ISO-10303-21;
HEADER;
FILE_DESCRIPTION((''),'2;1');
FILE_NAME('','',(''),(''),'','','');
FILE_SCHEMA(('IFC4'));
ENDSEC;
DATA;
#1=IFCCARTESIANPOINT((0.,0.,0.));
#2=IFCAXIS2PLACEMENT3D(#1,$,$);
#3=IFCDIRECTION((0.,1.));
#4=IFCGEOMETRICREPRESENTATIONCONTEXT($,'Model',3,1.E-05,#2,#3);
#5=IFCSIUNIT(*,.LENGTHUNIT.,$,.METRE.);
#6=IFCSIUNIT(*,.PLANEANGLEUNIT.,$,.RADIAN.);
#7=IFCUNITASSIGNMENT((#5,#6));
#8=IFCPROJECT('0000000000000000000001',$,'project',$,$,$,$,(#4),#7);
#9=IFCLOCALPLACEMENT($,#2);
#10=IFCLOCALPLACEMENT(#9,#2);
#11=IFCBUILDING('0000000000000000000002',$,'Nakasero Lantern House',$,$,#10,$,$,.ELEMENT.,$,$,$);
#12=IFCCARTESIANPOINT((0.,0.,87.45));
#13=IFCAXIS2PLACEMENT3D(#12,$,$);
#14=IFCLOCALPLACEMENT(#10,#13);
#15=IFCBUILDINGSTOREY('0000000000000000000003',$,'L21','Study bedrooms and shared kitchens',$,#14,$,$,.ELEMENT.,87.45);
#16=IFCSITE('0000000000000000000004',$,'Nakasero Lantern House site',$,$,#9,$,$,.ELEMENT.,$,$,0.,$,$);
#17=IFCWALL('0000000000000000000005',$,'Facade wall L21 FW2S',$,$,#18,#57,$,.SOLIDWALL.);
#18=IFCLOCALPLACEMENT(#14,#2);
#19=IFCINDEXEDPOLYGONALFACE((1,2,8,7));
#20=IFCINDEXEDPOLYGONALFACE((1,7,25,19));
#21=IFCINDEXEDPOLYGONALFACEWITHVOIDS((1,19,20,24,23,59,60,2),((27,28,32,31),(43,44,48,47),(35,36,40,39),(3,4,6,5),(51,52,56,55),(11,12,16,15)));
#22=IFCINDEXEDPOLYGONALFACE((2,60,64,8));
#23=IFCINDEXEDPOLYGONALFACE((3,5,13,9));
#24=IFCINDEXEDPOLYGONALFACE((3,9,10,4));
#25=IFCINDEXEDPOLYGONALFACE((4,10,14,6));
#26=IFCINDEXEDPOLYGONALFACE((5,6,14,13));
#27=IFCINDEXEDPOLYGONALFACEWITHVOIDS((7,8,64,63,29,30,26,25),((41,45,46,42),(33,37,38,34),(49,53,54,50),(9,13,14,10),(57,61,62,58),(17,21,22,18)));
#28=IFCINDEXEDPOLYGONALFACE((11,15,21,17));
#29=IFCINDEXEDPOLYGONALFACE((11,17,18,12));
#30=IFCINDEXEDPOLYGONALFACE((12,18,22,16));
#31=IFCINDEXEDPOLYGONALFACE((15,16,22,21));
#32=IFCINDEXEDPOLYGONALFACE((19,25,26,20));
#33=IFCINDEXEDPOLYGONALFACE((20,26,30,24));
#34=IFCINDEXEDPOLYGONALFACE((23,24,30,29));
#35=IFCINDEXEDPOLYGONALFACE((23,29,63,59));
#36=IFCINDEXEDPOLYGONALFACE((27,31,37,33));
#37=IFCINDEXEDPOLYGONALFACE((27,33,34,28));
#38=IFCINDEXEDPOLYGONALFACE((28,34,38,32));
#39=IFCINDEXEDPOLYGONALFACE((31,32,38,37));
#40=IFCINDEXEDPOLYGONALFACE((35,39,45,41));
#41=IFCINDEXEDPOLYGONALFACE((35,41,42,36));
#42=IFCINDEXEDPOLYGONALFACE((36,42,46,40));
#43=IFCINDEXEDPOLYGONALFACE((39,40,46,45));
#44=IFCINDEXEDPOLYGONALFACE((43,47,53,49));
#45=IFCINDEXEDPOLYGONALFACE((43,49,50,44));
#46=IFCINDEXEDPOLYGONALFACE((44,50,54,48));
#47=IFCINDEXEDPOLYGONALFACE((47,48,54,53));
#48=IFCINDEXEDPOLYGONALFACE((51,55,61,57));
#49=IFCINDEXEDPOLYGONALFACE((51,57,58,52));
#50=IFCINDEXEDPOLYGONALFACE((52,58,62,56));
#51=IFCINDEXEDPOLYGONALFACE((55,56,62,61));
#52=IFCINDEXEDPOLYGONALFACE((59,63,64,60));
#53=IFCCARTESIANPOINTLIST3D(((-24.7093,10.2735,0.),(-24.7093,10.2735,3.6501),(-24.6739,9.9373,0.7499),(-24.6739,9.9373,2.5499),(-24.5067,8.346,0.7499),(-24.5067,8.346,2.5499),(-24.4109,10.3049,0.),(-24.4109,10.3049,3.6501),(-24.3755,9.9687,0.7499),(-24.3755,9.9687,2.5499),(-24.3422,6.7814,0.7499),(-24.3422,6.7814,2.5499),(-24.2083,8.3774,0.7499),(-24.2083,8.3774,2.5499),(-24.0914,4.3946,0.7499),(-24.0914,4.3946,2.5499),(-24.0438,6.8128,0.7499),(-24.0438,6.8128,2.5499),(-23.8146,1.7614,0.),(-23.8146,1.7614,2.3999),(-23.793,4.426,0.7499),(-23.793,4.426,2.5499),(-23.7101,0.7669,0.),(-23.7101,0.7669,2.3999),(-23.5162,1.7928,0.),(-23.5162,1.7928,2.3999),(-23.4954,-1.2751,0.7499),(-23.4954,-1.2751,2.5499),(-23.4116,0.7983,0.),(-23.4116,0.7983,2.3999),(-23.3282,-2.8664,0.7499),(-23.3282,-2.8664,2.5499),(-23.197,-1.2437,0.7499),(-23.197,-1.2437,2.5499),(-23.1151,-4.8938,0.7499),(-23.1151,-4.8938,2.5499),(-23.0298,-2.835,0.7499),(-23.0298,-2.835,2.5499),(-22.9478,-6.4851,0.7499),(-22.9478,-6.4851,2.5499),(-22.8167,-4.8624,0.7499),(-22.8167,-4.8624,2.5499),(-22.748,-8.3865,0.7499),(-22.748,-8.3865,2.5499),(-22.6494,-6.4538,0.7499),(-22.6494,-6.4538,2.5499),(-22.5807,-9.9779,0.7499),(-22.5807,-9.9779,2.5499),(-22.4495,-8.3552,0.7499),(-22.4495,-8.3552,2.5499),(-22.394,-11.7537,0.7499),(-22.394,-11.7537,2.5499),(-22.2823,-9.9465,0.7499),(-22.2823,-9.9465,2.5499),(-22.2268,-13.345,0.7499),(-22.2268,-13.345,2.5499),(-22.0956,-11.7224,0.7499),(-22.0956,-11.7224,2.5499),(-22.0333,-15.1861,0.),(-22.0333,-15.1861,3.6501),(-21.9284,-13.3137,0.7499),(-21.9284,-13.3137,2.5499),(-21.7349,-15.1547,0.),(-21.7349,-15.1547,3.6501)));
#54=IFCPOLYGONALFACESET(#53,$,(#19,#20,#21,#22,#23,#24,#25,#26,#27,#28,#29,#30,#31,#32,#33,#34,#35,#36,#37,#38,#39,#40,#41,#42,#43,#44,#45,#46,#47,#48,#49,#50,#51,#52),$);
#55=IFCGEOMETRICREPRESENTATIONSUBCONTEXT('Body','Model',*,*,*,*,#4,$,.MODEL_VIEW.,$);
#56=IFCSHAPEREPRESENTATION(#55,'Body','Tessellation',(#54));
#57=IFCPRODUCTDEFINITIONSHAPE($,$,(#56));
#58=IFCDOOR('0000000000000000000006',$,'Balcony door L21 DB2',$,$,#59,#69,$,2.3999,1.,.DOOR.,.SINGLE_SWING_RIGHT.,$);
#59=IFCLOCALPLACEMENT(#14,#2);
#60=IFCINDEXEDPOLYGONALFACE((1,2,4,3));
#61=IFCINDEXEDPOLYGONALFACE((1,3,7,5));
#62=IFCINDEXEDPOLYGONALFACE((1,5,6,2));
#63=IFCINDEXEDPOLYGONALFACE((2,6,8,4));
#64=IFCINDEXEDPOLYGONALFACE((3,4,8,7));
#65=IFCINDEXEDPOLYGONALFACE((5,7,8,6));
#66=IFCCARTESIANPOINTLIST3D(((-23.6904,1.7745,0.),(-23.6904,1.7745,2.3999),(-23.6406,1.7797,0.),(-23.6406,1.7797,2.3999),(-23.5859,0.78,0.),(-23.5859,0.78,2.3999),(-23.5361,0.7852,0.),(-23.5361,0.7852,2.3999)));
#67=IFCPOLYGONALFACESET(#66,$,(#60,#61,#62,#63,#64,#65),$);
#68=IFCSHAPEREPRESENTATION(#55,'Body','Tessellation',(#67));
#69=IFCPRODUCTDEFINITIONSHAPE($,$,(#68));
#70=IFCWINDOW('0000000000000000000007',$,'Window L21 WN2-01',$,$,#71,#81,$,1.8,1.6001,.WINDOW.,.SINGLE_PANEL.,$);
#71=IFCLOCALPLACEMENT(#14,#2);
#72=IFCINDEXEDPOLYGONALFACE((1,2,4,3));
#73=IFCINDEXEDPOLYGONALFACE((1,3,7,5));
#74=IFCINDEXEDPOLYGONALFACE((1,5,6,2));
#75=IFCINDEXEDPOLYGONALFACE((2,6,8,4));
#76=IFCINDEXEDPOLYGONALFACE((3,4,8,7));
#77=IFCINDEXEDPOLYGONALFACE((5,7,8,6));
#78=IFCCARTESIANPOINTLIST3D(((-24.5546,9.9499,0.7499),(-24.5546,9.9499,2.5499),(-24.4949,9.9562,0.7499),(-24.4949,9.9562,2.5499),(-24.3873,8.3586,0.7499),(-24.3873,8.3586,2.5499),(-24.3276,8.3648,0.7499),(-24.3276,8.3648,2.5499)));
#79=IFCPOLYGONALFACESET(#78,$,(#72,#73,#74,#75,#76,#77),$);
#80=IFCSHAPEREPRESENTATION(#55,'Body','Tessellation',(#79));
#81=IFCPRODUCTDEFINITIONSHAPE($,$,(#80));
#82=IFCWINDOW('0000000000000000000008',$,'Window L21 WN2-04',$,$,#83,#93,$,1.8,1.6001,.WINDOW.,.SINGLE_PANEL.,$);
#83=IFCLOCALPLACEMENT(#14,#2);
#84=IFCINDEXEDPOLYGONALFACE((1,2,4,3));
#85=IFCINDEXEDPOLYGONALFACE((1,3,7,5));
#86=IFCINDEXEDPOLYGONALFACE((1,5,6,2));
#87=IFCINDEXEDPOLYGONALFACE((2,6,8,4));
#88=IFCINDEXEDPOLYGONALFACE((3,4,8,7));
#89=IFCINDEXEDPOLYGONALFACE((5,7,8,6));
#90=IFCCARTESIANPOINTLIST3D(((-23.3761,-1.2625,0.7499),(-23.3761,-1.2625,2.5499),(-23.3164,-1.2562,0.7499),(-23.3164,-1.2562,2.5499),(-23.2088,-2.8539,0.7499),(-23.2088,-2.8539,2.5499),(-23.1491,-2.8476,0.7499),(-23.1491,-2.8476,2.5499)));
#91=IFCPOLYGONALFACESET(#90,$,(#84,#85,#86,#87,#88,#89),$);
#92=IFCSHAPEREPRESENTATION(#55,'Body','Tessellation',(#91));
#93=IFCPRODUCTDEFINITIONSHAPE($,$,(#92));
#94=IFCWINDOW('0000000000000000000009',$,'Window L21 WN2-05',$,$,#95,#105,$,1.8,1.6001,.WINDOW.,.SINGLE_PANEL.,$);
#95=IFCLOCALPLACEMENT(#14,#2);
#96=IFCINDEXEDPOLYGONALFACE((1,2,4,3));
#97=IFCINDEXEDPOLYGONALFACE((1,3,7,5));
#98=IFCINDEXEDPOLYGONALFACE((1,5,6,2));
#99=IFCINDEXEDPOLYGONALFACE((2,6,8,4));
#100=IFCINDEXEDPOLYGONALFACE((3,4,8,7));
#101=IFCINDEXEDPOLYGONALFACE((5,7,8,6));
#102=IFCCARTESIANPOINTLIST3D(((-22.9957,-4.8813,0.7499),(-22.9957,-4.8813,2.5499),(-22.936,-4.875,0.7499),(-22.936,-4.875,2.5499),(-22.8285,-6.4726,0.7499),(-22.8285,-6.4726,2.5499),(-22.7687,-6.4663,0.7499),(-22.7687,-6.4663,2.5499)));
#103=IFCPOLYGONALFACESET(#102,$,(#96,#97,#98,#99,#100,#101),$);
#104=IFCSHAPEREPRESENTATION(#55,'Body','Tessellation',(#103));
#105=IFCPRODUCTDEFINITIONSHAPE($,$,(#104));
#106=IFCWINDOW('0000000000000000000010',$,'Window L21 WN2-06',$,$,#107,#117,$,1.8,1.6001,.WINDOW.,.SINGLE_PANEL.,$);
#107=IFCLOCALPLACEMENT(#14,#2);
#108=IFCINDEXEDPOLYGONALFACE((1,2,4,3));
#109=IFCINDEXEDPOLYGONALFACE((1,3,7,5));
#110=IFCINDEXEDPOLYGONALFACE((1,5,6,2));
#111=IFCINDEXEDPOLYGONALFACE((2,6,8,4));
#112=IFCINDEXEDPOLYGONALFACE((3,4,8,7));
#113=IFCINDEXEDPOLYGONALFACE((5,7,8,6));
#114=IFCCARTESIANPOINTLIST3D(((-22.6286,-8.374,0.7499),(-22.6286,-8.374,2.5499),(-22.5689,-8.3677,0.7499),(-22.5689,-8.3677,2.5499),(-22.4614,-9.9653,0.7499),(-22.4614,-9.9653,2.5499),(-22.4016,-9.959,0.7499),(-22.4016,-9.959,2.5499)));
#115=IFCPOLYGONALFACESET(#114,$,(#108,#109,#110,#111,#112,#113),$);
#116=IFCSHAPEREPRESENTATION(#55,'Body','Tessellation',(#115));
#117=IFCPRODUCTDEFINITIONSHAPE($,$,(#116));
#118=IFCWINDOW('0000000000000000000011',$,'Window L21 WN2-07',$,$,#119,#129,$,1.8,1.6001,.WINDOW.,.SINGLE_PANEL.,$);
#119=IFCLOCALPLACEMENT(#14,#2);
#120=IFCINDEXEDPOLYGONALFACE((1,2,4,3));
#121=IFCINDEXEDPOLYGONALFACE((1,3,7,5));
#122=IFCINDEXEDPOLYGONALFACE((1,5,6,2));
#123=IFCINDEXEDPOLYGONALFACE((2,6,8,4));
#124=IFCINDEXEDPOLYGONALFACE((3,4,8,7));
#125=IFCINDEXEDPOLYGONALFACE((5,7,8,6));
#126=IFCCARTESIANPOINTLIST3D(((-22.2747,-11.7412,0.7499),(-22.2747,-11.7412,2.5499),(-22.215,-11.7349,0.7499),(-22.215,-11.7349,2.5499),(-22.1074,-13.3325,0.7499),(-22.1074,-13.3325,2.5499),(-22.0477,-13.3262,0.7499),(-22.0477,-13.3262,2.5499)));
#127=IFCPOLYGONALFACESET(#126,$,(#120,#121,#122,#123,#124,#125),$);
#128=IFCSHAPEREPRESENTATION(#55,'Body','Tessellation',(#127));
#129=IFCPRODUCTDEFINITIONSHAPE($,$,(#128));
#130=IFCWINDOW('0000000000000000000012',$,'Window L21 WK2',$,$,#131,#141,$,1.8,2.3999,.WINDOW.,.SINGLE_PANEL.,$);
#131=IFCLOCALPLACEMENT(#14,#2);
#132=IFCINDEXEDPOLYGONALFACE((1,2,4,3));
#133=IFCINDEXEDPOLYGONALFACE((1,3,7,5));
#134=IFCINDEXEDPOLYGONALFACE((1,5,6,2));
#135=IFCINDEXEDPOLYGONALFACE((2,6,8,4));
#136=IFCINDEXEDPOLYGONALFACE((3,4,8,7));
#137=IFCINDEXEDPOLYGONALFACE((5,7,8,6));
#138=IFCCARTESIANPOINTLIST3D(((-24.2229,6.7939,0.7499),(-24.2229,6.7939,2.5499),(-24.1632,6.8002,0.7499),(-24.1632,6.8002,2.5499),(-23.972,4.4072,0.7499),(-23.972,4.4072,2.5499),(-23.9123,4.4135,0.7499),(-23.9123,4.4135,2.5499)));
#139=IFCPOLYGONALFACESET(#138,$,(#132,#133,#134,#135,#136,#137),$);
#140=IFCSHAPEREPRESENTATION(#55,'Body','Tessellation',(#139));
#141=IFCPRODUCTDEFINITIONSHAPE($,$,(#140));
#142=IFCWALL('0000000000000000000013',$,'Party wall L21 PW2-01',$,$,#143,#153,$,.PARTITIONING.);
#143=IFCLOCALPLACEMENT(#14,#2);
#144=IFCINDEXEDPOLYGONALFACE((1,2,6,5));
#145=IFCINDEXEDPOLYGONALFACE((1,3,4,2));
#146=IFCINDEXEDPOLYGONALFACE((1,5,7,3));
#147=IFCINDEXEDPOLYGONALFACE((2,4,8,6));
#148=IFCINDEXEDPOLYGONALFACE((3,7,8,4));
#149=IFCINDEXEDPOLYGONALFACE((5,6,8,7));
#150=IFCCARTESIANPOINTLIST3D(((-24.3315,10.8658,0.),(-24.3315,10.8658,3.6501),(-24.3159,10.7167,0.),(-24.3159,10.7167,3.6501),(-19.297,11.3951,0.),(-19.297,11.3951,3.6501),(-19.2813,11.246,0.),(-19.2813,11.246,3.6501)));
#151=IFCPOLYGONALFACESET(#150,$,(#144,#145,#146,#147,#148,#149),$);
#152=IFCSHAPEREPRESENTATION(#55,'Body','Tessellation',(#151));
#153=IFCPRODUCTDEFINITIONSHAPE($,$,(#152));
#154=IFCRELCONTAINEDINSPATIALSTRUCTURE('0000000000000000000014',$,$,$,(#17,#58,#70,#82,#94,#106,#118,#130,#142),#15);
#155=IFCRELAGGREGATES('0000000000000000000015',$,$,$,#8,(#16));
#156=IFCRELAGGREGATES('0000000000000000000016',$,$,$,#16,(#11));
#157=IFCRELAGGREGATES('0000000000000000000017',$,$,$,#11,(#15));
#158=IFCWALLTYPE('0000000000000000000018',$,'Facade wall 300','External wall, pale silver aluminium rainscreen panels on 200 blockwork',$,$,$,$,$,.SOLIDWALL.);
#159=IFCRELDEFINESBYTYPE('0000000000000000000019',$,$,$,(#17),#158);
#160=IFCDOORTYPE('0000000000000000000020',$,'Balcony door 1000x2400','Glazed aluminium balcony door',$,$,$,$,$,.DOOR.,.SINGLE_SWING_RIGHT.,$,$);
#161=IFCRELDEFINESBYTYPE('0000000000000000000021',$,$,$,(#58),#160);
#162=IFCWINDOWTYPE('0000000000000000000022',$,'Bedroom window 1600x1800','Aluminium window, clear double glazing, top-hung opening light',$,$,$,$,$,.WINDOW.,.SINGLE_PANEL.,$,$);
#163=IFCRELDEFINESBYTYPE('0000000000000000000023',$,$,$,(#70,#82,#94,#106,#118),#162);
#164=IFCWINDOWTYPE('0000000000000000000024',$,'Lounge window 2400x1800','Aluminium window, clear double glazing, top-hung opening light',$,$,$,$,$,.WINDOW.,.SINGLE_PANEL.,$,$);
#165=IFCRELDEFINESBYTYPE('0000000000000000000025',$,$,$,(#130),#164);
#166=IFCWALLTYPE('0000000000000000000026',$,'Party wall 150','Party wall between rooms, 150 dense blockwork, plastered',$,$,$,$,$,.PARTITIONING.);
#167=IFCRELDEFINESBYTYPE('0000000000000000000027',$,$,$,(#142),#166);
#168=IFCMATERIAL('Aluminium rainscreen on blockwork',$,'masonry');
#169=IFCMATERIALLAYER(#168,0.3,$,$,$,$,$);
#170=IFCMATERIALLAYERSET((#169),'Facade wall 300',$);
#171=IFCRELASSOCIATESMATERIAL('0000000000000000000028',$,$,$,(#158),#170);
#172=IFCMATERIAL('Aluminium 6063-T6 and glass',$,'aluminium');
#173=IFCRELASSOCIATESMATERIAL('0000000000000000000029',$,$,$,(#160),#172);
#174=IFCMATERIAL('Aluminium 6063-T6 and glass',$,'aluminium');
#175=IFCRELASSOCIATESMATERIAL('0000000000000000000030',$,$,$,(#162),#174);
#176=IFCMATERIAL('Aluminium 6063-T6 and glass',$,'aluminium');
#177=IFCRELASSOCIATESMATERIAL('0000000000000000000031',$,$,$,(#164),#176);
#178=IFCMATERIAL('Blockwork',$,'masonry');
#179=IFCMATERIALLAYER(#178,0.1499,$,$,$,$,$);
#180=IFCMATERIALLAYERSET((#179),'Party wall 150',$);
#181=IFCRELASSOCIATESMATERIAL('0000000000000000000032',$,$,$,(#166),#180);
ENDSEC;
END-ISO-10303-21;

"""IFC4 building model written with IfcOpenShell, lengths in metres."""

from ifc_helpers import new_model, si_unit, direction, frame, frame_2d, origin, place, context, subcontext, project, spatial, rectangle, extrude, material, layer, layer_set, type_object, element, fill, save


model = new_model("IFC4")

# Units and contexts
model_context = context("Model", 3, precision=1e-05, world=origin(), true_north=direction((0.0, 1.0)))
body_context = subcontext(model_context, "Body", "Model", "MODEL_VIEW")
ifc_project = project(units=[si_unit("LENGTHUNIT", "METRE"), si_unit("PLANEANGLEUNIT", "RADIAN")], contexts=[model_context])

# Site, building, storey
site_placement = place(None, origin())
site = spatial("IfcSite", under=ifc_project, at=site_placement, Name="Nakasero Lantern House site", CompositionType="ELEMENT", RefElevation=0.0)
building_placement = place(site_placement, origin())
building = spatial("IfcBuilding", under=site, at=building_placement, Name="Nakasero Lantern House", CompositionType="ELEMENT")
storey_placement = place(building_placement, frame((0.0, 0.0, 87.45)))
storey = spatial("IfcBuildingStorey", under=building, at=storey_placement, Name="L21", Description="Study bedrooms and shared kitchens", CompositionType="ELEMENT", Elevation=87.45)

# Wall, openings, door, windows
ifc_material_1 = material(Name="Aluminium rainscreen on blockwork", Category="masonry")
ifc_layer_1 = layer(ifc_material_1, 0.3)
ifc_layer_set_1 = layer_set([ifc_layer_1], Name="Facade wall 300")
wall_type_1 = type_object("IfcWallType", Name="Facade wall 300", Description="External wall, pale silver aluminium rainscreen panels on 200 blockwork", PredefinedType="SOLIDWALL", material=ifc_layer_set_1)
wall_1_placement = place(storey_placement, frame((-24.5601, 10.2891, 0.0), z_axis=(0.0, 0.0, 1.0), x_axis=(0.104532, -0.994521, 0.0)))
wall_1 = element("IfcWall", 1, at=wall_1_placement, inside=storey, type_object=wall_type_1, Name="Facade wall L21 FW2S", PredefinedType="SOLIDWALL", context=body_context, shape_type="SweptSolid", body=[
    extrude(rectangle(XDim=25.5999, YDim=0.3, at=frame_2d((12.7998, 0.0))), origin(), (0.0, 0.0, 1.0), 3.6501),
])
opening_1_placement = place(wall_1_placement, frame((0.3379, 0.0, 0.75)))
opening_1 = element("IfcOpeningElement", 2, at=opening_1_placement, cuts=wall_1, PredefinedType="OPENING", context=body_context, shape_type="SweptSolid", body=[
    extrude(rectangle(XDim=1.6001, YDim=1.8, at=frame_2d((0.8, 0.8999))), frame((0.0, 0.1699, 0.0), z_axis=(0.0, -1.0, 0.0), x_axis=(1.0, 0.0, 0.0)), (0.0, 0.0, 1.0), 0.3401),
])
opening_2_placement = place(wall_1_placement, frame((11.6121, 0.0, 0.75)))
opening_2 = element("IfcOpeningElement", 3, at=opening_2_placement, cuts=wall_1, PredefinedType="OPENING", context=body_context, shape_type="SweptSolid", body=[
    extrude(rectangle(XDim=1.6001, YDim=1.8, at=frame_2d((0.8, 0.8999))), frame((0.0, 0.1699, 0.0), z_axis=(0.0, -1.0, 0.0), x_axis=(1.0, 0.0, 0.0)), (0.0, 0.0, 1.0), 0.3401),
])
opening_3_placement = place(wall_1_placement, frame((15.2507, 0.0, 0.75)))
opening_3 = element("IfcOpeningElement", 4, at=opening_3_placement, cuts=wall_1, PredefinedType="OPENING", context=body_context, shape_type="SweptSolid", body=[
    extrude(rectangle(XDim=1.6001, YDim=1.8, at=frame_2d((0.8, 0.8999))), frame((0.0, 0.1699, 0.0), z_axis=(0.0, -1.0, 0.0), x_axis=(1.0, 0.0, 0.0)), (0.0, 0.0, 1.0), 0.3401),
])
opening_4_placement = place(wall_1_placement, frame((18.7627, 0.0, 0.75)))
opening_4 = element("IfcOpeningElement", 5, at=opening_4_placement, cuts=wall_1, PredefinedType="OPENING", context=body_context, shape_type="SweptSolid", body=[
    extrude(rectangle(XDim=1.6001, YDim=1.8, at=frame_2d((0.8, 0.8999))), frame((0.0, 0.1699, 0.0), z_axis=(0.0, -1.0, 0.0), x_axis=(1.0, 0.0, 0.0)), (0.0, 0.0, 1.0), 0.3401),
])
opening_5_placement = place(wall_1_placement, frame((22.1484, 0.0, 0.75)))
opening_5 = element("IfcOpeningElement", 6, at=opening_5_placement, cuts=wall_1, PredefinedType="OPENING", context=body_context, shape_type="SweptSolid", body=[
    extrude(rectangle(XDim=1.6001, YDim=1.8, at=frame_2d((0.8, 0.8999))), frame((0.0, 0.1699, 0.0), z_axis=(0.0, -1.0, 0.0), x_axis=(1.0, 0.0, 0.0)), (0.0, 0.0, 1.0), 0.3401),
])
opening_6_placement = place(wall_1_placement, frame((3.5112, 0.0, 0.75)))
opening_6 = element("IfcOpeningElement", 7, at=opening_6_placement, cuts=wall_1, PredefinedType="OPENING", context=body_context, shape_type="SweptSolid", body=[
    extrude(rectangle(XDim=2.3999, YDim=1.8, at=frame_2d((1.2, 0.8999))), frame((0.0, 0.1699, 0.0), z_axis=(0.0, -1.0, 0.0), x_axis=(1.0, 0.0, 0.0)), (0.0, 0.0, 1.0), 0.3401),
])
opening_7_placement = place(wall_1_placement, frame((8.5588, 0.0, 0.0)))
opening_7 = element("IfcOpeningElement", 8, at=opening_7_placement, cuts=wall_1, PredefinedType="OPENING", context=body_context, shape_type="SweptSolid", body=[
    extrude(rectangle(XDim=1.0, YDim=2.3999, at=frame_2d((0.5, 1.2))), frame((0.0, 0.1699, 0.0), z_axis=(0.0, -1.0, 0.0), x_axis=(1.0, 0.0, 0.0)), (0.0, 0.0, 1.0), 0.3401),
])
ifc_material_2 = material(Name="Aluminium 6063-T6 and glass", Category="aluminium")
door_type_1 = type_object("IfcDoorType", Name="Balcony door 1000x2400", Description="Glazed aluminium balcony door", OperationType="SINGLE_SWING_RIGHT", PredefinedType="DOOR", material=ifc_material_2)
door_1_placement = place(opening_7_placement, origin())
door_1 = element("IfcDoor", 9, at=door_1_placement, inside=storey, type_object=door_type_1, Name="Balcony door L21 DB2", OperationType="SINGLE_SWING_RIGHT", OverallHeight=2.3999, OverallWidth=1.0, PredefinedType="DOOR", context=body_context, shape_type="SweptSolid", body=[
    extrude(rectangle(XDim=1.0, YDim=2.3999, at=frame_2d((0.5, 1.2))), frame((0.0, 0.0249, 0.0), z_axis=(0.0, -1.0, 0.0), x_axis=(1.0, 0.0, 0.0)), (0.0, 0.0, 1.0), 0.05),
])
fill(opening_7, door_1)
ifc_material_3 = material(Name="Aluminium 6063-T6 and glass", Category="aluminium")
window_type_1 = type_object("IfcWindowType", Name="Bedroom window 1600x1800", Description="Aluminium window, clear double glazing, top-hung opening light", PartitioningType="SINGLE_PANEL", PredefinedType="WINDOW", material=ifc_material_3)
window_1_placement = place(opening_1_placement, origin())
window_1 = element("IfcWindow", 10, at=window_1_placement, inside=storey, type_object=window_type_1, Name="Window L21 WN2-01", OverallHeight=1.8, OverallWidth=1.6001, PartitioningType="SINGLE_PANEL", PredefinedType="WINDOW", context=body_context, shape_type="SweptSolid", body=[
    extrude(rectangle(XDim=1.6001, YDim=1.8, at=frame_2d((0.8, 0.8999))), frame((0.0, 0.03, 0.0), z_axis=(0.0, -1.0, 0.0), x_axis=(1.0, 0.0, 0.0)), (0.0, 0.0, 1.0), 0.0601),
])
fill(opening_1, window_1)
window_2_placement = place(opening_2_placement, origin())
window_2 = element("IfcWindow", 11, at=window_2_placement, inside=storey, type_object=window_type_1, Name="Window L21 WN2-04", OverallHeight=1.8, OverallWidth=1.6001, PartitioningType="SINGLE_PANEL", PredefinedType="WINDOW", context=body_context, shape_type="SweptSolid", body=[
    extrude(rectangle(XDim=1.6001, YDim=1.8, at=frame_2d((0.8, 0.8999))), frame((0.0, 0.03, 0.0), z_axis=(0.0, -1.0, 0.0), x_axis=(1.0, 0.0, 0.0)), (0.0, 0.0, 1.0), 0.0601),
])
fill(opening_2, window_2)
window_3_placement = place(opening_3_placement, origin())
window_3 = element("IfcWindow", 12, at=window_3_placement, inside=storey, type_object=window_type_1, Name="Window L21 WN2-05", OverallHeight=1.8, OverallWidth=1.6001, PartitioningType="SINGLE_PANEL", PredefinedType="WINDOW", context=body_context, shape_type="SweptSolid", body=[
    extrude(rectangle(XDim=1.6001, YDim=1.8, at=frame_2d((0.8, 0.8999))), frame((0.0, 0.03, 0.0), z_axis=(0.0, -1.0, 0.0), x_axis=(1.0, 0.0, 0.0)), (0.0, 0.0, 1.0), 0.0601),
])
fill(opening_3, window_3)
window_4_placement = place(opening_4_placement, origin())
window_4 = element("IfcWindow", 13, at=window_4_placement, inside=storey, type_object=window_type_1, Name="Window L21 WN2-06", OverallHeight=1.8, OverallWidth=1.6001, PartitioningType="SINGLE_PANEL", PredefinedType="WINDOW", context=body_context, shape_type="SweptSolid", body=[
    extrude(rectangle(XDim=1.6001, YDim=1.8, at=frame_2d((0.8, 0.8999))), frame((0.0, 0.03, 0.0), z_axis=(0.0, -1.0, 0.0), x_axis=(1.0, 0.0, 0.0)), (0.0, 0.0, 1.0), 0.0601),
])
fill(opening_4, window_4)
window_5_placement = place(opening_5_placement, origin())
window_5 = element("IfcWindow", 14, at=window_5_placement, inside=storey, type_object=window_type_1, Name="Window L21 WN2-07", OverallHeight=1.8, OverallWidth=1.6001, PartitioningType="SINGLE_PANEL", PredefinedType="WINDOW", context=body_context, shape_type="SweptSolid", body=[
    extrude(rectangle(XDim=1.6001, YDim=1.8, at=frame_2d((0.8, 0.8999))), frame((0.0, 0.03, 0.0), z_axis=(0.0, -1.0, 0.0), x_axis=(1.0, 0.0, 0.0)), (0.0, 0.0, 1.0), 0.0601),
])
fill(opening_5, window_5)
ifc_material_4 = material(Name="Aluminium 6063-T6 and glass", Category="aluminium")
window_type_2 = type_object("IfcWindowType", Name="Lounge window 2400x1800", Description="Aluminium window, clear double glazing, top-hung opening light", PartitioningType="SINGLE_PANEL", PredefinedType="WINDOW", material=ifc_material_4)
window_6_placement = place(opening_6_placement, origin())
window_6 = element("IfcWindow", 15, at=window_6_placement, inside=storey, type_object=window_type_2, Name="Window L21 WK2", OverallHeight=1.8, OverallWidth=2.3999, PartitioningType="SINGLE_PANEL", PredefinedType="WINDOW", context=body_context, shape_type="SweptSolid", body=[
    extrude(rectangle(XDim=2.3999, YDim=1.8, at=frame_2d((1.2, 0.8999))), frame((0.0, 0.03, 0.0), z_axis=(0.0, -1.0, 0.0), x_axis=(1.0, 0.0, 0.0)), (0.0, 0.0, 1.0), 0.0601),
])
fill(opening_6, window_6)

# Wall
ifc_material_5 = material(Name="Blockwork", Category="masonry")
ifc_layer_2 = layer(ifc_material_5, 0.1499)
ifc_layer_set_2 = layer_set([ifc_layer_2], Name="Party wall 150")
wall_type_2 = type_object("IfcWallType", Name="Party wall 150", Description="Party wall between rooms, 150 dense blockwork, plastered", PredefinedType="PARTITIONING", material=ifc_layer_set_2)
wall_2_placement = place(storey_placement, frame((-19.2891, 11.3206, 0.0), z_axis=(0.0, 0.0, 1.0), x_axis=(-0.994519, -0.104559, 0.0)))
element("IfcWall", 16, at=wall_2_placement, inside=storey, type_object=wall_type_2, Name="Party wall L21 PW2-01", PredefinedType="PARTITIONING", context=body_context, shape_type="SweptSolid", body=[
    extrude(rectangle(XDim=5.0623, YDim=0.1499, at=frame_2d((2.5312, 0.0))), origin(), (0.0, 0.0, 1.0), 3.6501),
])

save(model, "model.ifc")
